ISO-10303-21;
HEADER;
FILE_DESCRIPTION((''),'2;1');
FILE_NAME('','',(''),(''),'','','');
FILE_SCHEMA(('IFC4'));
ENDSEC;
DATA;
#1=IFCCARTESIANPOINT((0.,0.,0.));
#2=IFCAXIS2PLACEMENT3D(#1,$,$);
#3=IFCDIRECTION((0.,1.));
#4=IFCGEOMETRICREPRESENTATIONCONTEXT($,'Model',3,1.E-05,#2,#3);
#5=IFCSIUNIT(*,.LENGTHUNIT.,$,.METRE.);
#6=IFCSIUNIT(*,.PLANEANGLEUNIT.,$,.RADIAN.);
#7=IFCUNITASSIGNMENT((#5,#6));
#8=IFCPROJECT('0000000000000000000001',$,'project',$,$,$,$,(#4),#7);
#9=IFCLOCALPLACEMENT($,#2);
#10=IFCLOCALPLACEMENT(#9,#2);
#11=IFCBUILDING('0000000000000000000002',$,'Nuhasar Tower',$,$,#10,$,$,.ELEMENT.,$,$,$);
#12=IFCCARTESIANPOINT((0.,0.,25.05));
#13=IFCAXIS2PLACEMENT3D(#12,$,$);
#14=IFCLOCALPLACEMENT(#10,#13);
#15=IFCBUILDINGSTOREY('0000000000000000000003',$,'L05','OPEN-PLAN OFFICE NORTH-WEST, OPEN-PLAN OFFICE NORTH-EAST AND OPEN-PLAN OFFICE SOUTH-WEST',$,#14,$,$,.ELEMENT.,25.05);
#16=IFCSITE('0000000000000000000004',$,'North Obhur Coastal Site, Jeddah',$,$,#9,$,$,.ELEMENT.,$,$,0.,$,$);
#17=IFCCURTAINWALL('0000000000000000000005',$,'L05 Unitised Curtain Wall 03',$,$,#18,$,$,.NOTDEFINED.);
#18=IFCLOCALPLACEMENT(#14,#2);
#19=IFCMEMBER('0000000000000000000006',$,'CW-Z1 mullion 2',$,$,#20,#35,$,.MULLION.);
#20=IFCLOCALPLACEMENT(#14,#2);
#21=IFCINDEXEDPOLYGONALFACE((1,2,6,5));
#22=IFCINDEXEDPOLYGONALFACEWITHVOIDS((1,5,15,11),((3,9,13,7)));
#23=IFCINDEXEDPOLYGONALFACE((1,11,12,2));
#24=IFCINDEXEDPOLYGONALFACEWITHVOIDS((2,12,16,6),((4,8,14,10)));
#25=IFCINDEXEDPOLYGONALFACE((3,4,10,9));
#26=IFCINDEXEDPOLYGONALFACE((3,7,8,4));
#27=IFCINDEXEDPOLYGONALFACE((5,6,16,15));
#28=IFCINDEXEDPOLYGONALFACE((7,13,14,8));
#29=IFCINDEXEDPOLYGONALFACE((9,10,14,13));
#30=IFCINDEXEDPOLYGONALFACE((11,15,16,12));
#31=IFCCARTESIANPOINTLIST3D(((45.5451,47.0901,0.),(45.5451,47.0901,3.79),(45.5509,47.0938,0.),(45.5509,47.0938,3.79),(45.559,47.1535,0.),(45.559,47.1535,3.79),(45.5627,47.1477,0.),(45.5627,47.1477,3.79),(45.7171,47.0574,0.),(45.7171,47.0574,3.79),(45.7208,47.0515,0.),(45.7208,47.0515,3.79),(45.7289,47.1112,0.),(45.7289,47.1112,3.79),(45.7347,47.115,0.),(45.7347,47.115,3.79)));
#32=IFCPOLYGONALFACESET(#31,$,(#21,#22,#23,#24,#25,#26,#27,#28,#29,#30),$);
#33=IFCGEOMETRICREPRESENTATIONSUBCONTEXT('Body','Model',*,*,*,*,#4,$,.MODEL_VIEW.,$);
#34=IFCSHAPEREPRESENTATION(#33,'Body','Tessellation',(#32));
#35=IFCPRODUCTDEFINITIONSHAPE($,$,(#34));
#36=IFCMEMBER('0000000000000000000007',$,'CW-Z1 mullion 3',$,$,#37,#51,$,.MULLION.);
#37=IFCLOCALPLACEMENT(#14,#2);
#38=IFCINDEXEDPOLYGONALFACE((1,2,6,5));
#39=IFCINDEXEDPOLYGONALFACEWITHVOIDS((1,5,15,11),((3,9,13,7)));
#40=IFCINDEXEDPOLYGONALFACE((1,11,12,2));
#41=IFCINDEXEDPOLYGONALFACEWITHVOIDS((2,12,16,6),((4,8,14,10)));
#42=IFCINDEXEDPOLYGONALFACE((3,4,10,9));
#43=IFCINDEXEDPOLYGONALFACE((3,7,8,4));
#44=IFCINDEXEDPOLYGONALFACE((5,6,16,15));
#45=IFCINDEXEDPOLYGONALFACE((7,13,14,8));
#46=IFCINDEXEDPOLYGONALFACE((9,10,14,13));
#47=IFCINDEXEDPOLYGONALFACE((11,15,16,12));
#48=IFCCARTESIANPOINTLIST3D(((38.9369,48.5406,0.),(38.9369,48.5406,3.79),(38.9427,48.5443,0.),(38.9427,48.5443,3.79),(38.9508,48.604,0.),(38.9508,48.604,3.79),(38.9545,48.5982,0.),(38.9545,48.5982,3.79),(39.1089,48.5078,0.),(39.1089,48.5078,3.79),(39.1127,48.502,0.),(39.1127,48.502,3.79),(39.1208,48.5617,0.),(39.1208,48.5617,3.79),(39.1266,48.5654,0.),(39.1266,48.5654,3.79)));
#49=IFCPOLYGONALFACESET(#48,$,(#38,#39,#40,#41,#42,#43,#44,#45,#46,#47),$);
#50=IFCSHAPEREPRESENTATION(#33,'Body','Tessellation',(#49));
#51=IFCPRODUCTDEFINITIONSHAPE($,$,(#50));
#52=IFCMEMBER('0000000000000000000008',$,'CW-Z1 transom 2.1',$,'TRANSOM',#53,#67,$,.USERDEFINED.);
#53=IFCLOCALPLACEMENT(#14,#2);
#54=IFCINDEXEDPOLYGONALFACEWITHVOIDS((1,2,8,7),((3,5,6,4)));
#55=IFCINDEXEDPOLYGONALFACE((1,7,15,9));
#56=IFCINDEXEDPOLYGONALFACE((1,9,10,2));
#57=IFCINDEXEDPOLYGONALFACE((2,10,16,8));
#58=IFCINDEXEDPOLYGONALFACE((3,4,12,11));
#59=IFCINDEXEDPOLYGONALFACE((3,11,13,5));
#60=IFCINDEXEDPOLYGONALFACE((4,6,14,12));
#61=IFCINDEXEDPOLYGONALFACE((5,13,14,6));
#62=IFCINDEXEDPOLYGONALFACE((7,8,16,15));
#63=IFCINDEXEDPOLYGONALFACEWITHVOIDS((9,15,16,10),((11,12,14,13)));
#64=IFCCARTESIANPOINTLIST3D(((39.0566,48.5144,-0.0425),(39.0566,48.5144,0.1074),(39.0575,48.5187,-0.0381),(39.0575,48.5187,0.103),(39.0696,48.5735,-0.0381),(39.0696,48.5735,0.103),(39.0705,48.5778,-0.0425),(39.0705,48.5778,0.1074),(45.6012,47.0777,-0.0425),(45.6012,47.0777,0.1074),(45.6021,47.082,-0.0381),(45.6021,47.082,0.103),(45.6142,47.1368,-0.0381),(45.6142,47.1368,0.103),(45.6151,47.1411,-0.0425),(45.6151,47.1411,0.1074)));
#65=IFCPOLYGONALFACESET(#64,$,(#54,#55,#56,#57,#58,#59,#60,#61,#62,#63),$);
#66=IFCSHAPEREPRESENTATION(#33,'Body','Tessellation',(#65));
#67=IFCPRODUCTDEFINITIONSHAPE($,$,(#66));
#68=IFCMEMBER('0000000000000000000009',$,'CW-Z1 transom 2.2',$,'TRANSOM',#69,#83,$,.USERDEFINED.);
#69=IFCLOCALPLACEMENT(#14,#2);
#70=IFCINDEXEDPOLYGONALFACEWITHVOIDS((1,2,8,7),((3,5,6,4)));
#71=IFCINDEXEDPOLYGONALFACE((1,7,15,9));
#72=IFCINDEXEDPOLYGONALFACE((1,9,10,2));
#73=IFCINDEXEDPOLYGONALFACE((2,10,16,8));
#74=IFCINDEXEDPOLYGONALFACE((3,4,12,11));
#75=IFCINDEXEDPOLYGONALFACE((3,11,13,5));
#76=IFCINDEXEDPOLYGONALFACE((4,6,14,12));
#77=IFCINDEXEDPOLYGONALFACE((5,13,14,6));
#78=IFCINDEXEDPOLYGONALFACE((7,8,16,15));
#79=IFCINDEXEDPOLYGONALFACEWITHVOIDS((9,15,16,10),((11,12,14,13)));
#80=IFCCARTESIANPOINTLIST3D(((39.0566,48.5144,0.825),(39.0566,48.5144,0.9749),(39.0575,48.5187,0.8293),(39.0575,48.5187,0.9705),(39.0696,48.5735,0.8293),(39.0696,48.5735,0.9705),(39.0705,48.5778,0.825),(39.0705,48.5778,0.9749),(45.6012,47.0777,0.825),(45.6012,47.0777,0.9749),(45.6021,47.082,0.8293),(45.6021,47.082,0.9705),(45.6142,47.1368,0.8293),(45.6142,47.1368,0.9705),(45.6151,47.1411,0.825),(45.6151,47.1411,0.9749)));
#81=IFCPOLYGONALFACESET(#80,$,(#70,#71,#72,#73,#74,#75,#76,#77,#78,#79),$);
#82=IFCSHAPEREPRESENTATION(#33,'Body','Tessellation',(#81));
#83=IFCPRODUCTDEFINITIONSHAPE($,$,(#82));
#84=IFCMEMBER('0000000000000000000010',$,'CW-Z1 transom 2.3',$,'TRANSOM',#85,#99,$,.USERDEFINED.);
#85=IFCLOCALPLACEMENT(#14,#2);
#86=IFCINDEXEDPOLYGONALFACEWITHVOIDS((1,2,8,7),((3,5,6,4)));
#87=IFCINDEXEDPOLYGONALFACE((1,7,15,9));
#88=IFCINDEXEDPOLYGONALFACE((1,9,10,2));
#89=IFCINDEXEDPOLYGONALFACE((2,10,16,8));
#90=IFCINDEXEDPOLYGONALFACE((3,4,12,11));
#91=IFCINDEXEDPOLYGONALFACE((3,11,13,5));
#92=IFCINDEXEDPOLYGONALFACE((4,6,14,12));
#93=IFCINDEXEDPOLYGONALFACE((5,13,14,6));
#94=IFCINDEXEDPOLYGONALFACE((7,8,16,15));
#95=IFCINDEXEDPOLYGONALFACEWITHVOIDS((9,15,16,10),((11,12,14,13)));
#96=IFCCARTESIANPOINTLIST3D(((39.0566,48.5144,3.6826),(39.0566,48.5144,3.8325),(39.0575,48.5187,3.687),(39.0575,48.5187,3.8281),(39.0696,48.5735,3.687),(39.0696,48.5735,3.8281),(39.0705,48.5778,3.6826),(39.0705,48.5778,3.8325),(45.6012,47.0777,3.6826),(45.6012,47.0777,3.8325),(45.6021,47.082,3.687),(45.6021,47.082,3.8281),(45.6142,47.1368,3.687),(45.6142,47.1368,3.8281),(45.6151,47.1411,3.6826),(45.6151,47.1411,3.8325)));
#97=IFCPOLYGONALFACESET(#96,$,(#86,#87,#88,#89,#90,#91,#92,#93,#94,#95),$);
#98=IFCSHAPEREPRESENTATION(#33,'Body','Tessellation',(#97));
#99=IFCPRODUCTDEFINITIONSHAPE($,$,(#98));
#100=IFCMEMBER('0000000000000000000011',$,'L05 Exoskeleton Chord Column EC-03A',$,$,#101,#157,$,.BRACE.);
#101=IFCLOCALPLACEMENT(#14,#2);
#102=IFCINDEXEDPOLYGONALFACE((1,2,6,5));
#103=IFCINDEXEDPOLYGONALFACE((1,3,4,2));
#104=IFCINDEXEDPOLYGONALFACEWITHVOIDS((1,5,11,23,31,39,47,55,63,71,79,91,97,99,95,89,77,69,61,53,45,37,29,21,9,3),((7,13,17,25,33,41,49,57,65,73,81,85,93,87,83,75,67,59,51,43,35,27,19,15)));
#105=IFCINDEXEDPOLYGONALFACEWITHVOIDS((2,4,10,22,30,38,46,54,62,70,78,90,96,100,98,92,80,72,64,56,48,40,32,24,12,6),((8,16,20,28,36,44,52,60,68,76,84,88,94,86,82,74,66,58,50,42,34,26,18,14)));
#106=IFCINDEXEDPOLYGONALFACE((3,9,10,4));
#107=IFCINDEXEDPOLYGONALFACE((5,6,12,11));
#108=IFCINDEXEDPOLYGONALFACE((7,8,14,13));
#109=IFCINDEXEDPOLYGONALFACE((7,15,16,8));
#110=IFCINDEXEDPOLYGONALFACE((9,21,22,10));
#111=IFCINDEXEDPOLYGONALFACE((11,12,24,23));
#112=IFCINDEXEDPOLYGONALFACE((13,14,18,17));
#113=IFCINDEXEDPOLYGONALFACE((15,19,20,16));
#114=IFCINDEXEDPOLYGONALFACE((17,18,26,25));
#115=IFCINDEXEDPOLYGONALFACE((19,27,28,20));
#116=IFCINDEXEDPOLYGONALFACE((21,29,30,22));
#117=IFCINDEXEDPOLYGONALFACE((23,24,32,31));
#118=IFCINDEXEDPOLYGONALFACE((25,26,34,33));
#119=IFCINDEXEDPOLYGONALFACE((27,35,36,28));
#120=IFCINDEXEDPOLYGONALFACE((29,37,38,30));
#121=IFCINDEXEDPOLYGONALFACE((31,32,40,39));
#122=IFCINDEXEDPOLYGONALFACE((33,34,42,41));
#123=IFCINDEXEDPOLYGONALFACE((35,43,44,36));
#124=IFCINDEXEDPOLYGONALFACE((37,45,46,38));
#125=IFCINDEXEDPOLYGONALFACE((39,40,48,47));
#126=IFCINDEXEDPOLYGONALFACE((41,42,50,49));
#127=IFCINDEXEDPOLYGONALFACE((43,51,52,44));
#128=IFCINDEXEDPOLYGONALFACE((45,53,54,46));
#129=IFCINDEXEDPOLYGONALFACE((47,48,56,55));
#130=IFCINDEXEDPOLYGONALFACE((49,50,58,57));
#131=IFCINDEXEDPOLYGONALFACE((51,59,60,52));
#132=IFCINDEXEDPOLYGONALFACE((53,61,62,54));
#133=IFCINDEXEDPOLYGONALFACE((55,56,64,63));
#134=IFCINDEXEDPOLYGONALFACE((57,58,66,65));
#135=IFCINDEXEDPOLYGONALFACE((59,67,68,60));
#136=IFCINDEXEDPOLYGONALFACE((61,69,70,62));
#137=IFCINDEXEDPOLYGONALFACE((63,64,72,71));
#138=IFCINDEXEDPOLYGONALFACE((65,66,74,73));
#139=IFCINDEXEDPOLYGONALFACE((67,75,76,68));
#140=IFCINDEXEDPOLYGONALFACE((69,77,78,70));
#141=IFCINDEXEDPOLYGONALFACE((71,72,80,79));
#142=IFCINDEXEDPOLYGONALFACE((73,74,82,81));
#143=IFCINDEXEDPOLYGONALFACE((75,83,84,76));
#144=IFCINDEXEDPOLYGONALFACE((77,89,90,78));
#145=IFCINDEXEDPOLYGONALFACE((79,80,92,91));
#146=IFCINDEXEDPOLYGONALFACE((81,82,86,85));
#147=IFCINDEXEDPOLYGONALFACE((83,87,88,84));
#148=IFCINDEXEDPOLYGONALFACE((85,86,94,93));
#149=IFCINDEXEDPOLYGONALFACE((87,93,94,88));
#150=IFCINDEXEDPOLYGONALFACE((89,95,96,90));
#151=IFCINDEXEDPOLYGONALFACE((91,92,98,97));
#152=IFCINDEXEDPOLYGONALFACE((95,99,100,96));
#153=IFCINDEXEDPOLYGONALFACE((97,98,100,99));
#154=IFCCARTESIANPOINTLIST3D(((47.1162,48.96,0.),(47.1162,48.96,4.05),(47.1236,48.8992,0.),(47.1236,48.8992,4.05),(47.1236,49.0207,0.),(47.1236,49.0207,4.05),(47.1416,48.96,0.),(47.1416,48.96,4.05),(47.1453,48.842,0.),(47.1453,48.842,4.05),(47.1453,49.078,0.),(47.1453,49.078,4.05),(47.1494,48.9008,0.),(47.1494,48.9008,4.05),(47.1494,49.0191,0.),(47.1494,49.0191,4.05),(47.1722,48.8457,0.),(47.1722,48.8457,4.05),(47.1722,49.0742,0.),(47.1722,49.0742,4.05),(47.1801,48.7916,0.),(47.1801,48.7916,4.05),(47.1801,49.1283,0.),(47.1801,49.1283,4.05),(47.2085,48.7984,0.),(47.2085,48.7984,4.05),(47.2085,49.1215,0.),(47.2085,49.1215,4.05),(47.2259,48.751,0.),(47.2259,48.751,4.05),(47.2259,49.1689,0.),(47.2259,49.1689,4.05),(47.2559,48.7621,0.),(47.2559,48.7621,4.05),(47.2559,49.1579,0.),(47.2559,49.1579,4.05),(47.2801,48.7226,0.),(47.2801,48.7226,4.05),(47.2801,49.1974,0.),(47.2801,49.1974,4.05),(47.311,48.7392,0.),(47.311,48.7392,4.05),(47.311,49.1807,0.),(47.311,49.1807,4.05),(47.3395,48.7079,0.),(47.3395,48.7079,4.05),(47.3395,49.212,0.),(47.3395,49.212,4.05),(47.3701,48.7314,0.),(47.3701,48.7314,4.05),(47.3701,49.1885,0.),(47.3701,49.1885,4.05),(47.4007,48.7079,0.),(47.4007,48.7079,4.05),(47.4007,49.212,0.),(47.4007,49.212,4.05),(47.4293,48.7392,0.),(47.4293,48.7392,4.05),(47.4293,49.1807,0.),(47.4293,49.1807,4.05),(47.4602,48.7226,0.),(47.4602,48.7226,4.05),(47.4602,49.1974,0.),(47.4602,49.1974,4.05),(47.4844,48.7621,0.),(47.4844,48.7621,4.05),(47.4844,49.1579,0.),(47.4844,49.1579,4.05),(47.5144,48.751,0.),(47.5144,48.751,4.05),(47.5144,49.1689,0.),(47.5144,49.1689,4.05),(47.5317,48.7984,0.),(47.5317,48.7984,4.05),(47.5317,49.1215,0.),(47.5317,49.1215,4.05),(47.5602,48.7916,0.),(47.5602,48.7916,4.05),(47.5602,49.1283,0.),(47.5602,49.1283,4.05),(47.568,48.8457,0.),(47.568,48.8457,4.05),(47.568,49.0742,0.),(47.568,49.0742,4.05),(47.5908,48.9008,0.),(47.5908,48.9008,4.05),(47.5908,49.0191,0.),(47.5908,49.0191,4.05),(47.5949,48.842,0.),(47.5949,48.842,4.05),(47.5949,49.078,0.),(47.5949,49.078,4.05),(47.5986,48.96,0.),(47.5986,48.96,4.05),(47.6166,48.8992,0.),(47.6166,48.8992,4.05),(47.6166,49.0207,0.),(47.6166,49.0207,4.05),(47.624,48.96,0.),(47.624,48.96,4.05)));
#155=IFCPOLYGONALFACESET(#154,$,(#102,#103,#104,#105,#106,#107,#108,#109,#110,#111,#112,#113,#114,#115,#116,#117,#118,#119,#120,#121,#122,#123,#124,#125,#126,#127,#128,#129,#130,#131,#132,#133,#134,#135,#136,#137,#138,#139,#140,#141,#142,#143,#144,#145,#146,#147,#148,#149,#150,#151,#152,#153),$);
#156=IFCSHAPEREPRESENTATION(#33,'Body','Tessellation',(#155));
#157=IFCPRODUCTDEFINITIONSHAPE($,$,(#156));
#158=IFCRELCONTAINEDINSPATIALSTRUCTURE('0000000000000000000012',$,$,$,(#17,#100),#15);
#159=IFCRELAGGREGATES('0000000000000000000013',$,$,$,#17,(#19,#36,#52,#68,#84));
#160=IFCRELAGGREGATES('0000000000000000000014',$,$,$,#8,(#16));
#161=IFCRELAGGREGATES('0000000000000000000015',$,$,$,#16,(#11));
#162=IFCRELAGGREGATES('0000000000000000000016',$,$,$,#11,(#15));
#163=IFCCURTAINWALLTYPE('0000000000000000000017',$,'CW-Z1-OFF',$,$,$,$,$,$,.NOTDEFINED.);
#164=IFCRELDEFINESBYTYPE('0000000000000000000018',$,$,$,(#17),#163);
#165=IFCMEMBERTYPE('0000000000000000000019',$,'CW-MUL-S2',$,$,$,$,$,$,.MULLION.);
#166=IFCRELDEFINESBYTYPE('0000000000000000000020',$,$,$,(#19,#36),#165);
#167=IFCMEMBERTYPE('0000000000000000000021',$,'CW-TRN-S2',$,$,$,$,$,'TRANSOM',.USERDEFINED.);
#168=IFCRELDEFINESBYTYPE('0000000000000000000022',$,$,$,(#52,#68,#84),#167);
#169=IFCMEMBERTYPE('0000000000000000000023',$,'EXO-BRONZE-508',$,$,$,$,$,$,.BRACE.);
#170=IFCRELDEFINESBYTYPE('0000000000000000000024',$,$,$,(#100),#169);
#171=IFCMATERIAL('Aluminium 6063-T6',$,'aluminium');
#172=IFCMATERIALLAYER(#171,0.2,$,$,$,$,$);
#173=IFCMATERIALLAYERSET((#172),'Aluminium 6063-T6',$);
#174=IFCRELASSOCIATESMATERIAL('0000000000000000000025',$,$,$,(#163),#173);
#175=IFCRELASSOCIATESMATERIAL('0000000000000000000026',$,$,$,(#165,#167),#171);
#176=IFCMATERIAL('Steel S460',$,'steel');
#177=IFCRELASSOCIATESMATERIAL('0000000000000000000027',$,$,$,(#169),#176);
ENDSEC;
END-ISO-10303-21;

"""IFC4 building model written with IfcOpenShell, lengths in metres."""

from ifc_helpers import new_model, si_unit, direction, frame, origin, origin_2d, place, context, subcontext, project, spatial, hollow_rectangle, hollow_circle, extrude, material, layer, layer_set, material_profile, profile_set, type_object, element, aggregate, save


model = new_model("IFC4")

# Units and contexts
model_context = context("Model", 3, precision=1e-05, world=origin(), true_north=direction((0.0, 1.0)))
body_context = subcontext(model_context, "Body", "Model", "MODEL_VIEW")
ifc_project = project(units=[si_unit("LENGTHUNIT", "METRE"), si_unit("PLANEANGLEUNIT", "RADIAN")], contexts=[model_context])

# Site, building, storey
site_placement = place(None, origin())
site = spatial("IfcSite", under=ifc_project, at=site_placement, Name="North Obhur Coastal Site, Jeddah", CompositionType="ELEMENT", RefElevation=0.0)
building_placement = place(site_placement, origin())
building = spatial("IfcBuilding", under=site, at=building_placement, Name="Nuhasar Tower", CompositionType="ELEMENT")
storey_placement = place(building_placement, frame((0.0, 0.0, 25.05)))
storey = spatial("IfcBuildingStorey", under=building, at=storey_placement, Name="L05", Description="OPEN-PLAN OFFICE NORTH-WEST, OPEN-PLAN OFFICE NORTH-EAST AND OPEN-PLAN OFFICE SOUTH-WEST", CompositionType="ELEMENT", Elevation=25.05)

# Curtain wall, members
ifc_material_1 = material(Name="Aluminium 6063-T6", Category="aluminium")
ifc_layer_1 = layer(ifc_material_1, 0.2)
ifc_layer_set_1 = layer_set([ifc_layer_1], Name="Aluminium 6063-T6")
curtain_wall_type = type_object("IfcCurtainWallType", Name="CW-Z1-OFF", PredefinedType="NOTDEFINED", material=ifc_layer_set_1)
curtain_wall_placement = place(storey_placement, origin())
curtain_wall = element("IfcCurtainWall", 1, at=curtain_wall_placement, inside=storey, type_object=curtain_wall_type, Name="L05 Unitised Curtain Wall 03", PredefinedType="NOTDEFINED")
ifc_material_profile_1 = material_profile(ifc_material_1, hollow_rectangle(XDim=0.0649, YDim=0.1799, WallThickness=0.0049, at=origin_2d()), Name="CWM-2")
ifc_profile_set_1 = profile_set([ifc_material_profile_1], Name="Aluminium 6063-T6")
member_type_1 = type_object("IfcMemberType", Name="CW-MUL-S2", PredefinedType="MULLION", material=ifc_profile_set_1)
member_1_placement = place(storey_placement, frame((45.6399, 47.1025, 0.0), z_axis=(0.0, 0.0, 1.0), x_axis=(-0.214399, -0.976746, 0.0)))
member_1 = element("IfcMember", 2, at=member_1_placement, type_object=member_type_1, Name="CW-Z1 mullion 2", PredefinedType="MULLION", context=body_context, shape_type="SweptSolid", body=[
    extrude(hollow_rectangle(XDim=0.0649, YDim=0.1799, WallThickness=0.0049, at=origin_2d()), origin(), (0.0, 0.0, 1.0), 3.79),
])
member_2_placement = place(storey_placement, frame((39.0317, 48.553, 0.0), z_axis=(0.0, 0.0, 1.0), x_axis=(-0.214399, -0.976746, 0.0)))
member_2 = element("IfcMember", 3, at=member_2_placement, type_object=member_type_1, Name="CW-Z1 mullion 3", PredefinedType="MULLION", context=body_context, shape_type="SweptSolid", body=[
    extrude(hollow_rectangle(XDim=0.0649, YDim=0.1799, WallThickness=0.0049, at=origin_2d()), origin(), (0.0, 0.0, 1.0), 3.79),
])
ifc_material_profile_2 = material_profile(ifc_material_1, hollow_rectangle(XDim=0.0649, YDim=0.1499, WallThickness=0.0044, at=origin_2d()), Name="CWT-2")
ifc_profile_set_2 = profile_set([ifc_material_profile_2], Name="Aluminium 6063-T6")
member_type_2 = type_object("IfcMemberType", Name="CW-TRN-S2", ElementType="TRANSOM", PredefinedType="USERDEFINED", material=ifc_profile_set_2)
member_3_placement = place(storey_placement, frame((45.6082, 47.1094, 0.0325), z_axis=(-0.97674, 0.214426, 0.0), x_axis=(-0.214426, -0.97674, 0.0)))
member_3 = element("IfcMember", 4, at=member_3_placement, type_object=member_type_2, Name="CW-Z1 transom 2.1", ObjectType="TRANSOM", PredefinedType="USERDEFINED", context=body_context, shape_type="SweptSolid", body=[
    extrude(hollow_rectangle(XDim=0.0649, YDim=0.1499, WallThickness=0.0044, at=origin_2d()), origin(), (0.0, 0.0, 1.0), 6.7004),
])
member_4_placement = place(storey_placement, frame((45.6082, 47.1094, 0.8999), z_axis=(-0.97674, 0.214426, 0.0), x_axis=(-0.214426, -0.97674, 0.0)))
member_4 = element("IfcMember", 5, at=member_4_placement, type_object=member_type_2, Name="CW-Z1 transom 2.2", ObjectType="TRANSOM", PredefinedType="USERDEFINED", context=body_context, shape_type="SweptSolid", body=[
    extrude(hollow_rectangle(XDim=0.0649, YDim=0.1499, WallThickness=0.0044, at=origin_2d()), origin(), (0.0, 0.0, 1.0), 6.7004),
])
member_5_placement = place(storey_placement, frame((45.6082, 47.1094, 3.7576), z_axis=(-0.97674, 0.214426, 0.0), x_axis=(-0.214426, -0.97674, 0.0)))
member_5 = element("IfcMember", 6, at=member_5_placement, type_object=member_type_2, Name="CW-Z1 transom 2.3", ObjectType="TRANSOM", PredefinedType="USERDEFINED", context=body_context, shape_type="SweptSolid", body=[
    extrude(hollow_rectangle(XDim=0.0649, YDim=0.1499, WallThickness=0.0044, at=origin_2d()), origin(), (0.0, 0.0, 1.0), 6.7004),
])

# Member
ifc_material_2 = material(Name="Steel S460", Category="steel")
ifc_material_profile_3 = material_profile(ifc_material_2, hollow_circle(Radius=0.2539, WallThickness=0.0254, at=origin_2d()), Name="HSS508X25.4")
ifc_profile_set_3 = profile_set([ifc_material_profile_3], Name="Steel S460")
member_type_3 = type_object("IfcMemberType", Name="EXO-BRONZE-508", PredefinedType="BRACE", material=ifc_profile_set_3)
for number, where, z_axis, x_axis, name in (
    (7, (47.3701, 48.96, 0.0), (0.0, 0.0, 1.0), (1.0, 0.0, 0.0), "L05 Exoskeleton Chord Column EC-03A"),
):
    element("IfcMember", number, at=place(storey_placement, frame(where, z_axis=z_axis, x_axis=x_axis)), inside=storey, type_object=member_type_3, Name=name, PredefinedType="BRACE", context=body_context, shape_type="SweptSolid", body=[
        extrude(hollow_circle(Radius=0.2539, WallThickness=0.0254, at=origin_2d()), origin(), (0.0, 0.0, 1.0), 4.05),
    ])

aggregate(curtain_wall, [member_1, member_2, member_3, member_4, member_5])

save(model, "model.ifc")
